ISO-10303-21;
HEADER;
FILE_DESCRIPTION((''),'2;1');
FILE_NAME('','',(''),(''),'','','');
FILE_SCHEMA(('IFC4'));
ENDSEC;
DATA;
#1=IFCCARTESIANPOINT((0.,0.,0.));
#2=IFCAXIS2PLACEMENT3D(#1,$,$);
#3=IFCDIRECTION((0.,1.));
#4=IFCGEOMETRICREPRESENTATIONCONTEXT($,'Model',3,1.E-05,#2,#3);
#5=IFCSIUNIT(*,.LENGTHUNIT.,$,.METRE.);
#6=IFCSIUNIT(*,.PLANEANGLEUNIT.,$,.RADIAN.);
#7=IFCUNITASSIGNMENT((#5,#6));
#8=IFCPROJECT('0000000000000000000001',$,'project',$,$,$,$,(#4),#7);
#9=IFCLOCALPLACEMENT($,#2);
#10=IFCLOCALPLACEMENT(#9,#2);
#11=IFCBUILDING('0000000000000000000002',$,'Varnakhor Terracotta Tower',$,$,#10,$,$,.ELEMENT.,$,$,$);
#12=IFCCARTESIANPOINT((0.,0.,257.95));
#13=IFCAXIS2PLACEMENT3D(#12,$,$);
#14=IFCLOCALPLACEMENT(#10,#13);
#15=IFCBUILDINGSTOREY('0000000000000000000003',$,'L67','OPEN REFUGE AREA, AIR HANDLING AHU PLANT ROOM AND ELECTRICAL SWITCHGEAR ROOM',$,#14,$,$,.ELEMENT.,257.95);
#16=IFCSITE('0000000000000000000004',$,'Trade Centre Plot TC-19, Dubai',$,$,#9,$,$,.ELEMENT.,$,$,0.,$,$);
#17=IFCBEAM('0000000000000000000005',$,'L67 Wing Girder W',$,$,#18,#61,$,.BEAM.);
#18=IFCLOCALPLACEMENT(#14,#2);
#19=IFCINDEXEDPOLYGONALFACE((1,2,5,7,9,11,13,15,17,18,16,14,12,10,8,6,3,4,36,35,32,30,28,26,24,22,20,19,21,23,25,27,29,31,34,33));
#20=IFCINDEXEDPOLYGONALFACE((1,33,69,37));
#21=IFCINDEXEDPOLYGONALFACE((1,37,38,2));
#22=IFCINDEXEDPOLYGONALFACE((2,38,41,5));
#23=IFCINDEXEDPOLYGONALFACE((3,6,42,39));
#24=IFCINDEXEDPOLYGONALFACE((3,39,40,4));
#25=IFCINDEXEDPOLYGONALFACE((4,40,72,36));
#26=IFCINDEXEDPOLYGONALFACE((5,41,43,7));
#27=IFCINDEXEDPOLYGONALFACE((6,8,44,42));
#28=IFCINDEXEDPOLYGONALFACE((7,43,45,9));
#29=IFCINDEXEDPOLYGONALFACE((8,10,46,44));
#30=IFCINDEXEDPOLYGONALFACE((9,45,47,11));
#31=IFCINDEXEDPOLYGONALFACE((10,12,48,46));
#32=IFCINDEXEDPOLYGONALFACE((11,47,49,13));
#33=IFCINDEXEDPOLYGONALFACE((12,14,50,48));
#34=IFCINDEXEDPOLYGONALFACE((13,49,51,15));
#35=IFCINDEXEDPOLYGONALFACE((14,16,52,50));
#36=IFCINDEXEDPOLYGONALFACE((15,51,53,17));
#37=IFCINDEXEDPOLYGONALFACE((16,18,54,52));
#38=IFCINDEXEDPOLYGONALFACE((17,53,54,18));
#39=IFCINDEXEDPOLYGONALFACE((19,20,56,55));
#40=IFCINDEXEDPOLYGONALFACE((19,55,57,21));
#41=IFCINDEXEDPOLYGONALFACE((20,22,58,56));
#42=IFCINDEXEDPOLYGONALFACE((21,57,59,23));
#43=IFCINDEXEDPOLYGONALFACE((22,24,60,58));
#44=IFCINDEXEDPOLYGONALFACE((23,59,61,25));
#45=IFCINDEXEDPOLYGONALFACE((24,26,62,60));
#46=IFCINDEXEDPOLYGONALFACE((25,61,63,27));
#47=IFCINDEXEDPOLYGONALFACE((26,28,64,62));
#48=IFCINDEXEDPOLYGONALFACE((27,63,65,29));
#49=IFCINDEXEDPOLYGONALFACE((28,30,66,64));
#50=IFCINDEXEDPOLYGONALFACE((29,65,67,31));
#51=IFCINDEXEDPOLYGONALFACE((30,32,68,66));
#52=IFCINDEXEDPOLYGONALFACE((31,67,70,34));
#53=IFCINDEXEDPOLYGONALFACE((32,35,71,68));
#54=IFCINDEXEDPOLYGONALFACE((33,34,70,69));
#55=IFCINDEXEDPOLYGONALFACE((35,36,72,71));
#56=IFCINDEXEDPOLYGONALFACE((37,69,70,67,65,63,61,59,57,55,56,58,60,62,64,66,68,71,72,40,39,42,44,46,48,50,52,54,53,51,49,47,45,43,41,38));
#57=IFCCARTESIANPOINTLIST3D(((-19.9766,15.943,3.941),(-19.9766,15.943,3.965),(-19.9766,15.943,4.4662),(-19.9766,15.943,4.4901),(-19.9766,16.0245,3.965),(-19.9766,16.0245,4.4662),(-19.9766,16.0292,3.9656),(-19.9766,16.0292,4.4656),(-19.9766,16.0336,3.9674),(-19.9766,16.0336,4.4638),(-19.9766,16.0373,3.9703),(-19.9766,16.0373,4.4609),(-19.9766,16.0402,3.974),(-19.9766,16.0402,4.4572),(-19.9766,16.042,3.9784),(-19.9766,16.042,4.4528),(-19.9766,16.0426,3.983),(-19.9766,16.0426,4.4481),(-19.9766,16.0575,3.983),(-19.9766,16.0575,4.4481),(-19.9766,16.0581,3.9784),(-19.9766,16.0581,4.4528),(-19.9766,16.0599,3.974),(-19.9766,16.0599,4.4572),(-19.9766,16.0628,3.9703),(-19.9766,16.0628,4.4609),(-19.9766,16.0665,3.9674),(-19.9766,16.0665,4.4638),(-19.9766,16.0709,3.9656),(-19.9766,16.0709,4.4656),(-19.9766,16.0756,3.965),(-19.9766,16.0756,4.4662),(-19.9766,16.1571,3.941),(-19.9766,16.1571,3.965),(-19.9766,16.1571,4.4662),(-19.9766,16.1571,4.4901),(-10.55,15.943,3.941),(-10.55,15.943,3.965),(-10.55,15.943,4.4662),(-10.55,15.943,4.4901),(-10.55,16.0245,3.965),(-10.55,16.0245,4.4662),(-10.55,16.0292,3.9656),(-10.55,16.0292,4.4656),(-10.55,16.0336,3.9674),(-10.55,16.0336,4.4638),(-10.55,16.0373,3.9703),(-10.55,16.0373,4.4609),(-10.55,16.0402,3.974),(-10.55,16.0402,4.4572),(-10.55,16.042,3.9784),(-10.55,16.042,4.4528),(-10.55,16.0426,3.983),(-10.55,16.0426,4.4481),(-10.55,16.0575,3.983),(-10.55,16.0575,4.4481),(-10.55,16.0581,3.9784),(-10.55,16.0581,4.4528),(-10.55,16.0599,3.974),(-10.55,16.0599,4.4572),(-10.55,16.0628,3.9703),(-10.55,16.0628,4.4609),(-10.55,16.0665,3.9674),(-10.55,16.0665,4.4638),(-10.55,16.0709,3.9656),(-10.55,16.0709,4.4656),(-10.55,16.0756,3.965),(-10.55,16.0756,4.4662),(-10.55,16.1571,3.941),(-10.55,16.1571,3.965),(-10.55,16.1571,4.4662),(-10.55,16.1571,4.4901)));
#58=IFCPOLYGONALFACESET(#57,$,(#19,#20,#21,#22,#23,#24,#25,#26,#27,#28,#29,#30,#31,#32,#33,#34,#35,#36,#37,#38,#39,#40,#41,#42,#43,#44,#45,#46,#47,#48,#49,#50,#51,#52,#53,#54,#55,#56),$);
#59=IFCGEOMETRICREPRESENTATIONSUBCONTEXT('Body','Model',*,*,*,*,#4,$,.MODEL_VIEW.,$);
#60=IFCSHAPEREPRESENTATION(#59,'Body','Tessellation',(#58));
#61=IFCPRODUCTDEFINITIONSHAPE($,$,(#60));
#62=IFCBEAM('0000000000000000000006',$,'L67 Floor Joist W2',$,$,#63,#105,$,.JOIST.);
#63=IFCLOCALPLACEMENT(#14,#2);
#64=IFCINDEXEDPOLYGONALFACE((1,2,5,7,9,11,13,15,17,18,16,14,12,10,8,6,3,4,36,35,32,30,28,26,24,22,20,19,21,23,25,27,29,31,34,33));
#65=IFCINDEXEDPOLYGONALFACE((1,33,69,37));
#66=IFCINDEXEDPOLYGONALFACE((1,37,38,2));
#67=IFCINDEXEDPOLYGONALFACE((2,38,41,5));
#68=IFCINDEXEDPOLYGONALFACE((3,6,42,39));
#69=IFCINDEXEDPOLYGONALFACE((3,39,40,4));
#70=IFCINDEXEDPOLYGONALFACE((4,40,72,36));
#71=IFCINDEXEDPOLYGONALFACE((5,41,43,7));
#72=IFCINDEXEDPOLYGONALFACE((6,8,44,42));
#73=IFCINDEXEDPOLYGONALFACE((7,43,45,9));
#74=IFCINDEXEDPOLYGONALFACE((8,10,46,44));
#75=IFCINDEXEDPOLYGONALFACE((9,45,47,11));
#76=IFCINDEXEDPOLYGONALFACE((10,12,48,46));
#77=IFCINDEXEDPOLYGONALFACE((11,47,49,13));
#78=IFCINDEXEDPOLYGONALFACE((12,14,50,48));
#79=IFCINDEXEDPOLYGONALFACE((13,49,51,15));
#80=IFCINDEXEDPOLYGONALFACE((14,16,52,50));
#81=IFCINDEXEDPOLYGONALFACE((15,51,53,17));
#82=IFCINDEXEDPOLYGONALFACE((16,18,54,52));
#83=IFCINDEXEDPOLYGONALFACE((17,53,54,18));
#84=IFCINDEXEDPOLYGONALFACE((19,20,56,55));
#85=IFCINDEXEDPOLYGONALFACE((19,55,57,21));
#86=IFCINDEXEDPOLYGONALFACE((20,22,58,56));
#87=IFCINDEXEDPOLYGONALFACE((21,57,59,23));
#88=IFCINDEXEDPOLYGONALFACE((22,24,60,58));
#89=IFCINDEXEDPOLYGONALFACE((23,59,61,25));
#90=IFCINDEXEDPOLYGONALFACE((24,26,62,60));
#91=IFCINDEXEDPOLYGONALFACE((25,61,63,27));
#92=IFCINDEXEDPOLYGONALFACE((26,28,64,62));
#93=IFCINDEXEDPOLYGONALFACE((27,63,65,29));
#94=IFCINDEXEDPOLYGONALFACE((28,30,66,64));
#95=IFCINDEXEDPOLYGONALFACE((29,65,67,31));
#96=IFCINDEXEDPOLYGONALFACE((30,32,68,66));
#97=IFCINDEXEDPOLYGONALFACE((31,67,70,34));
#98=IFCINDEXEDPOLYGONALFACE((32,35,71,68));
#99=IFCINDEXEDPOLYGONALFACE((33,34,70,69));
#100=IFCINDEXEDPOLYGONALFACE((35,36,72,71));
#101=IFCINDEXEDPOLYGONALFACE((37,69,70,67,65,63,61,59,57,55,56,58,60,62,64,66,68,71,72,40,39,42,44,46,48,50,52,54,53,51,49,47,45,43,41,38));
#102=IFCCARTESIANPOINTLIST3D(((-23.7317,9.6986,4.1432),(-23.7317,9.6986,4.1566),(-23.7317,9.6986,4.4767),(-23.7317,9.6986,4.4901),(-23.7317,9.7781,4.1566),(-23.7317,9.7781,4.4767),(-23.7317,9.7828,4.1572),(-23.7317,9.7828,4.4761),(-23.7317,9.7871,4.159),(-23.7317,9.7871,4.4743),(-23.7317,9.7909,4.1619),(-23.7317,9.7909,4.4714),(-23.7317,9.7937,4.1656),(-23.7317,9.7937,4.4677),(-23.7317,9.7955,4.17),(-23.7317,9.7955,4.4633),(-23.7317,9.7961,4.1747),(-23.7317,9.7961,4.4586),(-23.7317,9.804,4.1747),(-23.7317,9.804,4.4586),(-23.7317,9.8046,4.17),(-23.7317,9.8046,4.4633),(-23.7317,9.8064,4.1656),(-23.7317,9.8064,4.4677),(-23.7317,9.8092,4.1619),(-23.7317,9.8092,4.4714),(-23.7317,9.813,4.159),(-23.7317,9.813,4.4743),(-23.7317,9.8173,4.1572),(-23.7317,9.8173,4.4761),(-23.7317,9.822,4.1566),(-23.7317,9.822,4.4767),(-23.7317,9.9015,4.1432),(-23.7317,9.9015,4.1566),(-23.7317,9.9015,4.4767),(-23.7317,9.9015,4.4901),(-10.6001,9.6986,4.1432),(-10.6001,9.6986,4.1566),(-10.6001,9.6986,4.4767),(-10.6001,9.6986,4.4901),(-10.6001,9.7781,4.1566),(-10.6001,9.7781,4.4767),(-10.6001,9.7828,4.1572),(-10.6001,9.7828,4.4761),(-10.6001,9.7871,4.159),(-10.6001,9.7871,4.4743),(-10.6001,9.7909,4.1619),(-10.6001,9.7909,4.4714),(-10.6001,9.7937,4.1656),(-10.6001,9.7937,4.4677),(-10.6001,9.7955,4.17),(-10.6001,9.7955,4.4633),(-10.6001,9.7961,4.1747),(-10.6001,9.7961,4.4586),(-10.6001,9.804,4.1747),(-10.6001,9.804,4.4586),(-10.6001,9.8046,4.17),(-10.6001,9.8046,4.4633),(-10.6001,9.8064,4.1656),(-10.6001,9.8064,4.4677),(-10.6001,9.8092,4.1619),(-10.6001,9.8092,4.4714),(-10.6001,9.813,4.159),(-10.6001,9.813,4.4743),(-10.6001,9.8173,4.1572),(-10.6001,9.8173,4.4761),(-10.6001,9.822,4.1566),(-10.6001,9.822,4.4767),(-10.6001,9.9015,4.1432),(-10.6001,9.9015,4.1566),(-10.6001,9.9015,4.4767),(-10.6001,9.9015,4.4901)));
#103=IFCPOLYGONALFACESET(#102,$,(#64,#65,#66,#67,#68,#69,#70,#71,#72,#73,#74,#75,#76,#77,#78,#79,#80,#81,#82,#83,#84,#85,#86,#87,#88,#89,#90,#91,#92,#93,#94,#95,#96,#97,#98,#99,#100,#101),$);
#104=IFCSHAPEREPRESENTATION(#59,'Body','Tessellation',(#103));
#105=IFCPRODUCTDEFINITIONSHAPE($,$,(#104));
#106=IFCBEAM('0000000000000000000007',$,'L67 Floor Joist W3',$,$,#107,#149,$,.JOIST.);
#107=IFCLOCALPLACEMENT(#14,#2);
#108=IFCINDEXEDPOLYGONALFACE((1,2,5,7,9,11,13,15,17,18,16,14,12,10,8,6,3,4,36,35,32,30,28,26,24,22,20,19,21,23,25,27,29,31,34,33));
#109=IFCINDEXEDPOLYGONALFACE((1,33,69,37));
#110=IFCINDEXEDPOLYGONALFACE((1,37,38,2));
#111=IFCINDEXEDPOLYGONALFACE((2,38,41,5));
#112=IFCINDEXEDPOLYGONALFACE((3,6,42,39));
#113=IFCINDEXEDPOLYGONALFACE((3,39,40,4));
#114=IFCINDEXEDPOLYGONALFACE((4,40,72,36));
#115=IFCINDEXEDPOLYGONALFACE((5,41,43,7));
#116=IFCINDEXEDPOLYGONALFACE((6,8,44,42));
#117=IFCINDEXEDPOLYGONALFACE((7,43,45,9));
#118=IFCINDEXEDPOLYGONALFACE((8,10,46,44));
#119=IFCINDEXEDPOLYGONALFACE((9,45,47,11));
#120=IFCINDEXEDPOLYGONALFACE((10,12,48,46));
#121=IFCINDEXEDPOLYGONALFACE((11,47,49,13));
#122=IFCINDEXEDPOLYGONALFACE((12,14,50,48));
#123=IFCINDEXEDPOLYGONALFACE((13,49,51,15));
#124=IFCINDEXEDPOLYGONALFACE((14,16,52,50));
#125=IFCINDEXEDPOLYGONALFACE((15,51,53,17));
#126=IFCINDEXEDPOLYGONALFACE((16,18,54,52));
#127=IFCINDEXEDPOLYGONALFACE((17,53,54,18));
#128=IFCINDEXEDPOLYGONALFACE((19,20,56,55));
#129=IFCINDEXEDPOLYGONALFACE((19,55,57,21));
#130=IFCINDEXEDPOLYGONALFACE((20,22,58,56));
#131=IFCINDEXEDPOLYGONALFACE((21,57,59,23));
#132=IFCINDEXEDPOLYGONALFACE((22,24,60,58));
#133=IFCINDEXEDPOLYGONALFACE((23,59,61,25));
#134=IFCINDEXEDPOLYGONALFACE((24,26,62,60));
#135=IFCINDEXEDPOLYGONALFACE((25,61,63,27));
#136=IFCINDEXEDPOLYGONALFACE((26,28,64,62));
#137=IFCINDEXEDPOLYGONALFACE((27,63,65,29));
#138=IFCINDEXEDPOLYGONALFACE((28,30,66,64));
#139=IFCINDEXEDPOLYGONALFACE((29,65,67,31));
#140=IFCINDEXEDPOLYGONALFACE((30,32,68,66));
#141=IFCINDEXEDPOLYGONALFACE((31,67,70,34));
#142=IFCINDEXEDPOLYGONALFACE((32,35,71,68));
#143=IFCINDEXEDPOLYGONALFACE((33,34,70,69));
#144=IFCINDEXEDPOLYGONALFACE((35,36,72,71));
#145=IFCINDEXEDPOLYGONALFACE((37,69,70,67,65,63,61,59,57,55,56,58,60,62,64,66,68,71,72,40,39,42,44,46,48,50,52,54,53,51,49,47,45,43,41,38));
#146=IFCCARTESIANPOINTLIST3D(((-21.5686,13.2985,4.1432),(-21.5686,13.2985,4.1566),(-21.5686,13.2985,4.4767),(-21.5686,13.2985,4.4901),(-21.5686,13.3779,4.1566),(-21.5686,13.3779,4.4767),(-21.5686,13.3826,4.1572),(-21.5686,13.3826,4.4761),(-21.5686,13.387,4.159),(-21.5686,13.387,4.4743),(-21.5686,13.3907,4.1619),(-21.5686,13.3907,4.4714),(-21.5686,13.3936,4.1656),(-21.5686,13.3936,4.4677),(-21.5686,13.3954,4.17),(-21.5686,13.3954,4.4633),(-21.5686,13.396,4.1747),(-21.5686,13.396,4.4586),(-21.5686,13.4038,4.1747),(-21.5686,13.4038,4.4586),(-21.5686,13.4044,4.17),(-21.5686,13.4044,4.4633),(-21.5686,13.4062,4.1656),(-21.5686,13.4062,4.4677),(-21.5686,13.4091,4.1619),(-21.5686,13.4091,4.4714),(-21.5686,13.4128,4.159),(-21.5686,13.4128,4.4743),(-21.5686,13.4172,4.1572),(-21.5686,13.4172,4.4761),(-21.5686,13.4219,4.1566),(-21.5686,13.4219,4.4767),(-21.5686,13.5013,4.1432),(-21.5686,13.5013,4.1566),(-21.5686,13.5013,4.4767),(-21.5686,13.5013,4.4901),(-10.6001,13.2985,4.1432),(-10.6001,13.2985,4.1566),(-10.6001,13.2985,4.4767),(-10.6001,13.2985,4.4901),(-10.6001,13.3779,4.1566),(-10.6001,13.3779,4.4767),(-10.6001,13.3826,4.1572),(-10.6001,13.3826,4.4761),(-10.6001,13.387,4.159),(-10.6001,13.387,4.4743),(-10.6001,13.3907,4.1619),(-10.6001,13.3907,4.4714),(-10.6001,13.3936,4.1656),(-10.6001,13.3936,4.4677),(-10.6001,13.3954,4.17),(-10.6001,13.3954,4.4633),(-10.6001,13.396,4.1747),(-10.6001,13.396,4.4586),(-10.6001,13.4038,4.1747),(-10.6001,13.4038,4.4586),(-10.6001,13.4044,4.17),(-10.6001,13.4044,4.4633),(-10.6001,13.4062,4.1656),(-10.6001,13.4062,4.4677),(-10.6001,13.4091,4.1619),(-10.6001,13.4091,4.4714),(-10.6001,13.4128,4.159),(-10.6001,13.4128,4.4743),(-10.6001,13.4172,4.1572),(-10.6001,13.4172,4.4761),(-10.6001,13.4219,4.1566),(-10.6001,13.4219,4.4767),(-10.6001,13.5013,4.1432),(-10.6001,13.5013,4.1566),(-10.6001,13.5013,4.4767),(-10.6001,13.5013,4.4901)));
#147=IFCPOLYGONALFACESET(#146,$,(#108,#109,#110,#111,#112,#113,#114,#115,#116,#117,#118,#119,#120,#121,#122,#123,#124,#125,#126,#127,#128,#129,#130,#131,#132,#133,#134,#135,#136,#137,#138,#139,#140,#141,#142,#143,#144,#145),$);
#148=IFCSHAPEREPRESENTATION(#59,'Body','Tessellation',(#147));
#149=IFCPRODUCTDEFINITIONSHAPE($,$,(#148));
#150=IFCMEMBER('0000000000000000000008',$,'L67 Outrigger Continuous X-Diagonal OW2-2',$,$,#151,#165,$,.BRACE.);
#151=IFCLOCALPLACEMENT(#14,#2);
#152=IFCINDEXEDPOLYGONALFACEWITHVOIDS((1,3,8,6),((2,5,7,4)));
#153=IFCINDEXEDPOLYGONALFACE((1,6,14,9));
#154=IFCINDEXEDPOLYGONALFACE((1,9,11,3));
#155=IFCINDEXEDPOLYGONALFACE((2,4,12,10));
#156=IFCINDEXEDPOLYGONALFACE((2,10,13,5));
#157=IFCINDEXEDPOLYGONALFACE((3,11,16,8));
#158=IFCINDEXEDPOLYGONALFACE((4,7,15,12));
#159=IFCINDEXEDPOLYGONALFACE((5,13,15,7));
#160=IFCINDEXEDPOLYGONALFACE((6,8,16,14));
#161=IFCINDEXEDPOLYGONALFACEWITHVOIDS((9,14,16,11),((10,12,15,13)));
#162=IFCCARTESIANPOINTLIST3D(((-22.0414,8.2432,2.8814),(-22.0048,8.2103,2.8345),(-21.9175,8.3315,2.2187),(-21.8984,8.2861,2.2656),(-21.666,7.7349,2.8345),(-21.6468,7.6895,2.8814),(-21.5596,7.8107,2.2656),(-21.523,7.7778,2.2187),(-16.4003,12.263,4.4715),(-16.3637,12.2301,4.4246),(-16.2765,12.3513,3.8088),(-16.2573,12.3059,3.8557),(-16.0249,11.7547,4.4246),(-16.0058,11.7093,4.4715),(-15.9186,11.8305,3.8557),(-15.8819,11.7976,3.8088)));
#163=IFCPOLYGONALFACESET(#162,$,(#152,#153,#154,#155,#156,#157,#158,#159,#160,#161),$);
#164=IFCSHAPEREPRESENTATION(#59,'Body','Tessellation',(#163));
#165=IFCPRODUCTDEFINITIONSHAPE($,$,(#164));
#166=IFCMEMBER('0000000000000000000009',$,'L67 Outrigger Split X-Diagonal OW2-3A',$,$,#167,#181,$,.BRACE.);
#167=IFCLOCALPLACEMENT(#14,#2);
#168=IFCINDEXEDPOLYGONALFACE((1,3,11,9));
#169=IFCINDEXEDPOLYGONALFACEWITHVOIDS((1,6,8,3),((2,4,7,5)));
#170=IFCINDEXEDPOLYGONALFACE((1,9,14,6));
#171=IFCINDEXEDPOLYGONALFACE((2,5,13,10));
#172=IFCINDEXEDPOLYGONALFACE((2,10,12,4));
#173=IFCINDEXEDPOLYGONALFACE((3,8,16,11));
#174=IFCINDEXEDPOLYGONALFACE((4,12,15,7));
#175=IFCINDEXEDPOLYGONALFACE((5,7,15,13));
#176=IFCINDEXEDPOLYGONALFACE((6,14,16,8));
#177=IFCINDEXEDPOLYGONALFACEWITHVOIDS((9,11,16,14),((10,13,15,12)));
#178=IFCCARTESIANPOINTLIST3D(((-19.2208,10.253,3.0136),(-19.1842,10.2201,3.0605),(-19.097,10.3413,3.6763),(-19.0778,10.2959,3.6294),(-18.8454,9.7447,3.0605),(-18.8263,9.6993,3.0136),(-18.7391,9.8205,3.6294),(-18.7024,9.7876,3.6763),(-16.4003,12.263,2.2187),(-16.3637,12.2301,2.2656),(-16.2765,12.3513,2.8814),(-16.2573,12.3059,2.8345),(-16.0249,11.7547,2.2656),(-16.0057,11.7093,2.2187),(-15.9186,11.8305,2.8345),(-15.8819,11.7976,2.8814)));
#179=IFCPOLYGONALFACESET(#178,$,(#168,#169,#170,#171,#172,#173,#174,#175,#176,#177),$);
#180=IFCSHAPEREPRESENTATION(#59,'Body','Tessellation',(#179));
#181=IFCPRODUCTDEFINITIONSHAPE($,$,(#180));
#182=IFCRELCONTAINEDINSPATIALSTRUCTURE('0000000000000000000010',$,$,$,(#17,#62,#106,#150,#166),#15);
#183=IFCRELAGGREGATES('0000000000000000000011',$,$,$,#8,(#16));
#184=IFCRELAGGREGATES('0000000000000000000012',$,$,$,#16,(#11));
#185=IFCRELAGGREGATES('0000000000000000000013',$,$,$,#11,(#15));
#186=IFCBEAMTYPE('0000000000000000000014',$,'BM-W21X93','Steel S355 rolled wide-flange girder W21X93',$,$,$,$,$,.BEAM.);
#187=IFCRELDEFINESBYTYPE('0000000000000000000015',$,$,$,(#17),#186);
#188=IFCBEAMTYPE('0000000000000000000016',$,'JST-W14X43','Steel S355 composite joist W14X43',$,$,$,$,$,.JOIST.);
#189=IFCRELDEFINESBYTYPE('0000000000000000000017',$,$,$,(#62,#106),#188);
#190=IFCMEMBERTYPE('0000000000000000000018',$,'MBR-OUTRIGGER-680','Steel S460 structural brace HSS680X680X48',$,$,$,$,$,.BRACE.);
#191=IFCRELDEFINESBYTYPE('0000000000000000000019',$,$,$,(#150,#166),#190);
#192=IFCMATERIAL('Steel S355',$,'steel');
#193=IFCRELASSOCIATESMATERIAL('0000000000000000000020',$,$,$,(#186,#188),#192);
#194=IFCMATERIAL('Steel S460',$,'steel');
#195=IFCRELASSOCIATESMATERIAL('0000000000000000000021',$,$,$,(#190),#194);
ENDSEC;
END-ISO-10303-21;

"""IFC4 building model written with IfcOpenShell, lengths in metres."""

from ifc_helpers import new_model, si_unit, direction, frame, origin, origin_2d, place, context, subcontext, project, spatial, hollow_rectangle, i_section, extrude, source, transform, mapped, material, material_profile, profile_set, type_object, element, save


model = new_model("IFC4")

# Units and contexts
model_context = context("Model", 3, precision=1e-05, world=origin(), true_north=direction((0.0, 1.0)))
body_context = subcontext(model_context, "Body", "Model", "MODEL_VIEW")
ifc_project = project(units=[si_unit("LENGTHUNIT", "METRE"), si_unit("PLANEANGLEUNIT", "RADIAN")], contexts=[model_context])

# Site, building, storey
site_placement = place(None, origin())
site = spatial("IfcSite", under=ifc_project, at=site_placement, Name="Trade Centre Plot TC-19, Dubai", CompositionType="ELEMENT", RefElevation=0.0)
building_placement = place(site_placement, origin())
building = spatial("IfcBuilding", under=site, at=building_placement, Name="Varnakhor Terracotta Tower", CompositionType="ELEMENT")
storey_placement = place(building_placement, frame((0.0, 0.0, 257.95)))
storey = spatial("IfcBuildingStorey", under=building, at=storey_placement, Name="L67", Description="OPEN REFUGE AREA, AIR HANDLING AHU PLANT ROOM AND ELECTRICAL SWITCHGEAR ROOM", CompositionType="ELEMENT", Elevation=257.95)

# Beams
ifc_material_1 = material(Name="Steel S355", Category="steel")
ifc_material_profile_1 = material_profile(ifc_material_1, i_section(OverallWidth=0.2141, OverallDepth=0.5491, WebThickness=0.0149, FlangeThickness=0.0239, FilletRadius=0.0181, at=origin_2d()), Name="W21X93")
ifc_profile_set_1 = profile_set([ifc_material_profile_1], Name="Steel S355")
beam_type_1 = type_object("IfcBeamType", Name="BM-W21X93", Description="Steel S355 rolled wide-flange girder W21X93", PredefinedType="BEAM", material=ifc_profile_set_1)
shared_shape_1 = source(origin(), body_context, "Body", "SweptSolid", [
    extrude(i_section(OverallWidth=0.2141, OverallDepth=0.5491, WebThickness=0.0149, FlangeThickness=0.0239, FilletRadius=0.0181, at=origin_2d()), origin(), (0.0, 0.0, 1.0), 9.4265),
])
beam_1_placement = place(storey_placement, frame((-19.9766, 16.05, 4.2156), z_axis=(1.0, 0.0, 0.0), x_axis=(0.0, 1.0, 0.0)))
element("IfcBeam", 1, at=beam_1_placement, inside=storey, type_object=beam_type_1, Name="L67 Wing Girder W", PredefinedType="BEAM", context=body_context, shape_type="MappedRepresentation", body=[
    mapped(shared_shape_1, transform((0.0, 0.0, 0.0), scale=1.0)),
])
ifc_material_profile_2 = material_profile(ifc_material_1, i_section(OverallWidth=0.2029, OverallDepth=0.3469, WebThickness=0.0078, FlangeThickness=0.0134, FilletRadius=0.0181, at=origin_2d()), Name="W14X43")
ifc_profile_set_2 = profile_set([ifc_material_profile_2], Name="Steel S355")
beam_type_2 = type_object("IfcBeamType", Name="JST-W14X43", Description="Steel S355 composite joist W14X43", PredefinedType="JOIST", material=ifc_profile_set_2)
shared_shape_2 = source(origin(), body_context, "Body", "SweptSolid", [
    extrude(i_section(OverallWidth=0.2029, OverallDepth=0.3469, WebThickness=0.0078, FlangeThickness=0.0134, FilletRadius=0.0181, at=origin_2d()), origin(), (0.0, 0.0, 1.0), 13.1316),
])
beam_2_placement = place(storey_placement, frame((-23.7317, 9.8, 4.3167), z_axis=(1.0, 0.0, 0.0), x_axis=(0.0, 1.0, 0.0)))
element("IfcBeam", 2, at=beam_2_placement, inside=storey, type_object=beam_type_2, Name="L67 Floor Joist W2", PredefinedType="JOIST", context=body_context, shape_type="MappedRepresentation", body=[
    mapped(shared_shape_2, transform((0.0, 0.0, 0.0), scale=1.0)),
])
shared_shape_3 = source(origin(), body_context, "Body", "SweptSolid", [
    extrude(i_section(OverallWidth=0.2029, OverallDepth=0.3469, WebThickness=0.0078, FlangeThickness=0.0134, FilletRadius=0.0181, at=origin_2d()), origin(), (0.0, 0.0, 1.0), 10.9685),
])
beam_3_placement = place(storey_placement, frame((-21.5686, 13.3999, 4.3167), z_axis=(1.0, 0.0, 0.0), x_axis=(0.0, 1.0, 0.0)))
element("IfcBeam", 3, at=beam_3_placement, inside=storey, type_object=beam_type_2, Name="L67 Floor Joist W3", PredefinedType="JOIST", context=body_context, shape_type="MappedRepresentation", body=[
    mapped(shared_shape_3, transform((0.0, 0.0, 0.0), scale=1.0)),
])

# Members
ifc_material_2 = material(Name="Steel S460", Category="steel")
ifc_material_profile_3 = material_profile(ifc_material_2, hollow_rectangle(XDim=0.6799, YDim=0.6799, WallThickness=0.0481, at=origin_2d()), Name="HSS680X680X48")
ifc_profile_set_3 = profile_set([ifc_material_profile_3], Name="Steel S460")
member_type = type_object("IfcMemberType", Name="MBR-OUTRIGGER-680", Description="Steel S460 structural brace HSS680X680X48", PredefinedType="BRACE", material=ifc_profile_set_3)
shared_shape_4 = source(origin(), body_context, "Body", "SweptSolid", [
    extrude(hollow_rectangle(XDim=0.6799, YDim=0.6799, WallThickness=0.0481, at=origin_2d()), origin(), (0.0, 0.0, 1.0), 7.1069),
])
member_1_placement = place(storey_placement, frame((-16.1411, 12.0303, 4.1401), z_axis=(-0.793743, -0.56561, -0.223736), x_axis=(0.580321, -0.814388, 0.0)))
element("IfcMember", 4, at=member_1_placement, inside=storey, type_object=member_type, Name="L67 Outrigger Continuous X-Diagonal OW2-2", PredefinedType="BRACE", context=body_context, shape_type="MappedRepresentation", body=[
    mapped(shared_shape_4, transform((0.0, 0.0, 0.0), scale=1.0)),
])
shared_shape_5 = source(origin(), body_context, "Body", "SweptSolid", [
    extrude(hollow_rectangle(XDim=0.6799, YDim=0.6799, WallThickness=0.0481, at=origin_2d()), origin(), (0.0, 0.0, 1.0), 3.5535),
])
for number, where, z_axis, x_axis, name in (
    (5, (-16.1411, 12.0303, 2.55), (-0.793734, -0.565637, 0.223699), (0.580344, -0.814371, 0.0), "L67 Outrigger Split X-Diagonal OW2-3A"),
):
    element("IfcMember", number, at=place(storey_placement, frame(where, z_axis=z_axis, x_axis=x_axis)), inside=storey, type_object=member_type, Name=name, PredefinedType="BRACE", context=body_context, shape_type="MappedRepresentation", body=[
        mapped(shared_shape_5, transform((0.0, 0.0, 0.0), scale=1.0)),
    ])

save(model, "model.ifc")
